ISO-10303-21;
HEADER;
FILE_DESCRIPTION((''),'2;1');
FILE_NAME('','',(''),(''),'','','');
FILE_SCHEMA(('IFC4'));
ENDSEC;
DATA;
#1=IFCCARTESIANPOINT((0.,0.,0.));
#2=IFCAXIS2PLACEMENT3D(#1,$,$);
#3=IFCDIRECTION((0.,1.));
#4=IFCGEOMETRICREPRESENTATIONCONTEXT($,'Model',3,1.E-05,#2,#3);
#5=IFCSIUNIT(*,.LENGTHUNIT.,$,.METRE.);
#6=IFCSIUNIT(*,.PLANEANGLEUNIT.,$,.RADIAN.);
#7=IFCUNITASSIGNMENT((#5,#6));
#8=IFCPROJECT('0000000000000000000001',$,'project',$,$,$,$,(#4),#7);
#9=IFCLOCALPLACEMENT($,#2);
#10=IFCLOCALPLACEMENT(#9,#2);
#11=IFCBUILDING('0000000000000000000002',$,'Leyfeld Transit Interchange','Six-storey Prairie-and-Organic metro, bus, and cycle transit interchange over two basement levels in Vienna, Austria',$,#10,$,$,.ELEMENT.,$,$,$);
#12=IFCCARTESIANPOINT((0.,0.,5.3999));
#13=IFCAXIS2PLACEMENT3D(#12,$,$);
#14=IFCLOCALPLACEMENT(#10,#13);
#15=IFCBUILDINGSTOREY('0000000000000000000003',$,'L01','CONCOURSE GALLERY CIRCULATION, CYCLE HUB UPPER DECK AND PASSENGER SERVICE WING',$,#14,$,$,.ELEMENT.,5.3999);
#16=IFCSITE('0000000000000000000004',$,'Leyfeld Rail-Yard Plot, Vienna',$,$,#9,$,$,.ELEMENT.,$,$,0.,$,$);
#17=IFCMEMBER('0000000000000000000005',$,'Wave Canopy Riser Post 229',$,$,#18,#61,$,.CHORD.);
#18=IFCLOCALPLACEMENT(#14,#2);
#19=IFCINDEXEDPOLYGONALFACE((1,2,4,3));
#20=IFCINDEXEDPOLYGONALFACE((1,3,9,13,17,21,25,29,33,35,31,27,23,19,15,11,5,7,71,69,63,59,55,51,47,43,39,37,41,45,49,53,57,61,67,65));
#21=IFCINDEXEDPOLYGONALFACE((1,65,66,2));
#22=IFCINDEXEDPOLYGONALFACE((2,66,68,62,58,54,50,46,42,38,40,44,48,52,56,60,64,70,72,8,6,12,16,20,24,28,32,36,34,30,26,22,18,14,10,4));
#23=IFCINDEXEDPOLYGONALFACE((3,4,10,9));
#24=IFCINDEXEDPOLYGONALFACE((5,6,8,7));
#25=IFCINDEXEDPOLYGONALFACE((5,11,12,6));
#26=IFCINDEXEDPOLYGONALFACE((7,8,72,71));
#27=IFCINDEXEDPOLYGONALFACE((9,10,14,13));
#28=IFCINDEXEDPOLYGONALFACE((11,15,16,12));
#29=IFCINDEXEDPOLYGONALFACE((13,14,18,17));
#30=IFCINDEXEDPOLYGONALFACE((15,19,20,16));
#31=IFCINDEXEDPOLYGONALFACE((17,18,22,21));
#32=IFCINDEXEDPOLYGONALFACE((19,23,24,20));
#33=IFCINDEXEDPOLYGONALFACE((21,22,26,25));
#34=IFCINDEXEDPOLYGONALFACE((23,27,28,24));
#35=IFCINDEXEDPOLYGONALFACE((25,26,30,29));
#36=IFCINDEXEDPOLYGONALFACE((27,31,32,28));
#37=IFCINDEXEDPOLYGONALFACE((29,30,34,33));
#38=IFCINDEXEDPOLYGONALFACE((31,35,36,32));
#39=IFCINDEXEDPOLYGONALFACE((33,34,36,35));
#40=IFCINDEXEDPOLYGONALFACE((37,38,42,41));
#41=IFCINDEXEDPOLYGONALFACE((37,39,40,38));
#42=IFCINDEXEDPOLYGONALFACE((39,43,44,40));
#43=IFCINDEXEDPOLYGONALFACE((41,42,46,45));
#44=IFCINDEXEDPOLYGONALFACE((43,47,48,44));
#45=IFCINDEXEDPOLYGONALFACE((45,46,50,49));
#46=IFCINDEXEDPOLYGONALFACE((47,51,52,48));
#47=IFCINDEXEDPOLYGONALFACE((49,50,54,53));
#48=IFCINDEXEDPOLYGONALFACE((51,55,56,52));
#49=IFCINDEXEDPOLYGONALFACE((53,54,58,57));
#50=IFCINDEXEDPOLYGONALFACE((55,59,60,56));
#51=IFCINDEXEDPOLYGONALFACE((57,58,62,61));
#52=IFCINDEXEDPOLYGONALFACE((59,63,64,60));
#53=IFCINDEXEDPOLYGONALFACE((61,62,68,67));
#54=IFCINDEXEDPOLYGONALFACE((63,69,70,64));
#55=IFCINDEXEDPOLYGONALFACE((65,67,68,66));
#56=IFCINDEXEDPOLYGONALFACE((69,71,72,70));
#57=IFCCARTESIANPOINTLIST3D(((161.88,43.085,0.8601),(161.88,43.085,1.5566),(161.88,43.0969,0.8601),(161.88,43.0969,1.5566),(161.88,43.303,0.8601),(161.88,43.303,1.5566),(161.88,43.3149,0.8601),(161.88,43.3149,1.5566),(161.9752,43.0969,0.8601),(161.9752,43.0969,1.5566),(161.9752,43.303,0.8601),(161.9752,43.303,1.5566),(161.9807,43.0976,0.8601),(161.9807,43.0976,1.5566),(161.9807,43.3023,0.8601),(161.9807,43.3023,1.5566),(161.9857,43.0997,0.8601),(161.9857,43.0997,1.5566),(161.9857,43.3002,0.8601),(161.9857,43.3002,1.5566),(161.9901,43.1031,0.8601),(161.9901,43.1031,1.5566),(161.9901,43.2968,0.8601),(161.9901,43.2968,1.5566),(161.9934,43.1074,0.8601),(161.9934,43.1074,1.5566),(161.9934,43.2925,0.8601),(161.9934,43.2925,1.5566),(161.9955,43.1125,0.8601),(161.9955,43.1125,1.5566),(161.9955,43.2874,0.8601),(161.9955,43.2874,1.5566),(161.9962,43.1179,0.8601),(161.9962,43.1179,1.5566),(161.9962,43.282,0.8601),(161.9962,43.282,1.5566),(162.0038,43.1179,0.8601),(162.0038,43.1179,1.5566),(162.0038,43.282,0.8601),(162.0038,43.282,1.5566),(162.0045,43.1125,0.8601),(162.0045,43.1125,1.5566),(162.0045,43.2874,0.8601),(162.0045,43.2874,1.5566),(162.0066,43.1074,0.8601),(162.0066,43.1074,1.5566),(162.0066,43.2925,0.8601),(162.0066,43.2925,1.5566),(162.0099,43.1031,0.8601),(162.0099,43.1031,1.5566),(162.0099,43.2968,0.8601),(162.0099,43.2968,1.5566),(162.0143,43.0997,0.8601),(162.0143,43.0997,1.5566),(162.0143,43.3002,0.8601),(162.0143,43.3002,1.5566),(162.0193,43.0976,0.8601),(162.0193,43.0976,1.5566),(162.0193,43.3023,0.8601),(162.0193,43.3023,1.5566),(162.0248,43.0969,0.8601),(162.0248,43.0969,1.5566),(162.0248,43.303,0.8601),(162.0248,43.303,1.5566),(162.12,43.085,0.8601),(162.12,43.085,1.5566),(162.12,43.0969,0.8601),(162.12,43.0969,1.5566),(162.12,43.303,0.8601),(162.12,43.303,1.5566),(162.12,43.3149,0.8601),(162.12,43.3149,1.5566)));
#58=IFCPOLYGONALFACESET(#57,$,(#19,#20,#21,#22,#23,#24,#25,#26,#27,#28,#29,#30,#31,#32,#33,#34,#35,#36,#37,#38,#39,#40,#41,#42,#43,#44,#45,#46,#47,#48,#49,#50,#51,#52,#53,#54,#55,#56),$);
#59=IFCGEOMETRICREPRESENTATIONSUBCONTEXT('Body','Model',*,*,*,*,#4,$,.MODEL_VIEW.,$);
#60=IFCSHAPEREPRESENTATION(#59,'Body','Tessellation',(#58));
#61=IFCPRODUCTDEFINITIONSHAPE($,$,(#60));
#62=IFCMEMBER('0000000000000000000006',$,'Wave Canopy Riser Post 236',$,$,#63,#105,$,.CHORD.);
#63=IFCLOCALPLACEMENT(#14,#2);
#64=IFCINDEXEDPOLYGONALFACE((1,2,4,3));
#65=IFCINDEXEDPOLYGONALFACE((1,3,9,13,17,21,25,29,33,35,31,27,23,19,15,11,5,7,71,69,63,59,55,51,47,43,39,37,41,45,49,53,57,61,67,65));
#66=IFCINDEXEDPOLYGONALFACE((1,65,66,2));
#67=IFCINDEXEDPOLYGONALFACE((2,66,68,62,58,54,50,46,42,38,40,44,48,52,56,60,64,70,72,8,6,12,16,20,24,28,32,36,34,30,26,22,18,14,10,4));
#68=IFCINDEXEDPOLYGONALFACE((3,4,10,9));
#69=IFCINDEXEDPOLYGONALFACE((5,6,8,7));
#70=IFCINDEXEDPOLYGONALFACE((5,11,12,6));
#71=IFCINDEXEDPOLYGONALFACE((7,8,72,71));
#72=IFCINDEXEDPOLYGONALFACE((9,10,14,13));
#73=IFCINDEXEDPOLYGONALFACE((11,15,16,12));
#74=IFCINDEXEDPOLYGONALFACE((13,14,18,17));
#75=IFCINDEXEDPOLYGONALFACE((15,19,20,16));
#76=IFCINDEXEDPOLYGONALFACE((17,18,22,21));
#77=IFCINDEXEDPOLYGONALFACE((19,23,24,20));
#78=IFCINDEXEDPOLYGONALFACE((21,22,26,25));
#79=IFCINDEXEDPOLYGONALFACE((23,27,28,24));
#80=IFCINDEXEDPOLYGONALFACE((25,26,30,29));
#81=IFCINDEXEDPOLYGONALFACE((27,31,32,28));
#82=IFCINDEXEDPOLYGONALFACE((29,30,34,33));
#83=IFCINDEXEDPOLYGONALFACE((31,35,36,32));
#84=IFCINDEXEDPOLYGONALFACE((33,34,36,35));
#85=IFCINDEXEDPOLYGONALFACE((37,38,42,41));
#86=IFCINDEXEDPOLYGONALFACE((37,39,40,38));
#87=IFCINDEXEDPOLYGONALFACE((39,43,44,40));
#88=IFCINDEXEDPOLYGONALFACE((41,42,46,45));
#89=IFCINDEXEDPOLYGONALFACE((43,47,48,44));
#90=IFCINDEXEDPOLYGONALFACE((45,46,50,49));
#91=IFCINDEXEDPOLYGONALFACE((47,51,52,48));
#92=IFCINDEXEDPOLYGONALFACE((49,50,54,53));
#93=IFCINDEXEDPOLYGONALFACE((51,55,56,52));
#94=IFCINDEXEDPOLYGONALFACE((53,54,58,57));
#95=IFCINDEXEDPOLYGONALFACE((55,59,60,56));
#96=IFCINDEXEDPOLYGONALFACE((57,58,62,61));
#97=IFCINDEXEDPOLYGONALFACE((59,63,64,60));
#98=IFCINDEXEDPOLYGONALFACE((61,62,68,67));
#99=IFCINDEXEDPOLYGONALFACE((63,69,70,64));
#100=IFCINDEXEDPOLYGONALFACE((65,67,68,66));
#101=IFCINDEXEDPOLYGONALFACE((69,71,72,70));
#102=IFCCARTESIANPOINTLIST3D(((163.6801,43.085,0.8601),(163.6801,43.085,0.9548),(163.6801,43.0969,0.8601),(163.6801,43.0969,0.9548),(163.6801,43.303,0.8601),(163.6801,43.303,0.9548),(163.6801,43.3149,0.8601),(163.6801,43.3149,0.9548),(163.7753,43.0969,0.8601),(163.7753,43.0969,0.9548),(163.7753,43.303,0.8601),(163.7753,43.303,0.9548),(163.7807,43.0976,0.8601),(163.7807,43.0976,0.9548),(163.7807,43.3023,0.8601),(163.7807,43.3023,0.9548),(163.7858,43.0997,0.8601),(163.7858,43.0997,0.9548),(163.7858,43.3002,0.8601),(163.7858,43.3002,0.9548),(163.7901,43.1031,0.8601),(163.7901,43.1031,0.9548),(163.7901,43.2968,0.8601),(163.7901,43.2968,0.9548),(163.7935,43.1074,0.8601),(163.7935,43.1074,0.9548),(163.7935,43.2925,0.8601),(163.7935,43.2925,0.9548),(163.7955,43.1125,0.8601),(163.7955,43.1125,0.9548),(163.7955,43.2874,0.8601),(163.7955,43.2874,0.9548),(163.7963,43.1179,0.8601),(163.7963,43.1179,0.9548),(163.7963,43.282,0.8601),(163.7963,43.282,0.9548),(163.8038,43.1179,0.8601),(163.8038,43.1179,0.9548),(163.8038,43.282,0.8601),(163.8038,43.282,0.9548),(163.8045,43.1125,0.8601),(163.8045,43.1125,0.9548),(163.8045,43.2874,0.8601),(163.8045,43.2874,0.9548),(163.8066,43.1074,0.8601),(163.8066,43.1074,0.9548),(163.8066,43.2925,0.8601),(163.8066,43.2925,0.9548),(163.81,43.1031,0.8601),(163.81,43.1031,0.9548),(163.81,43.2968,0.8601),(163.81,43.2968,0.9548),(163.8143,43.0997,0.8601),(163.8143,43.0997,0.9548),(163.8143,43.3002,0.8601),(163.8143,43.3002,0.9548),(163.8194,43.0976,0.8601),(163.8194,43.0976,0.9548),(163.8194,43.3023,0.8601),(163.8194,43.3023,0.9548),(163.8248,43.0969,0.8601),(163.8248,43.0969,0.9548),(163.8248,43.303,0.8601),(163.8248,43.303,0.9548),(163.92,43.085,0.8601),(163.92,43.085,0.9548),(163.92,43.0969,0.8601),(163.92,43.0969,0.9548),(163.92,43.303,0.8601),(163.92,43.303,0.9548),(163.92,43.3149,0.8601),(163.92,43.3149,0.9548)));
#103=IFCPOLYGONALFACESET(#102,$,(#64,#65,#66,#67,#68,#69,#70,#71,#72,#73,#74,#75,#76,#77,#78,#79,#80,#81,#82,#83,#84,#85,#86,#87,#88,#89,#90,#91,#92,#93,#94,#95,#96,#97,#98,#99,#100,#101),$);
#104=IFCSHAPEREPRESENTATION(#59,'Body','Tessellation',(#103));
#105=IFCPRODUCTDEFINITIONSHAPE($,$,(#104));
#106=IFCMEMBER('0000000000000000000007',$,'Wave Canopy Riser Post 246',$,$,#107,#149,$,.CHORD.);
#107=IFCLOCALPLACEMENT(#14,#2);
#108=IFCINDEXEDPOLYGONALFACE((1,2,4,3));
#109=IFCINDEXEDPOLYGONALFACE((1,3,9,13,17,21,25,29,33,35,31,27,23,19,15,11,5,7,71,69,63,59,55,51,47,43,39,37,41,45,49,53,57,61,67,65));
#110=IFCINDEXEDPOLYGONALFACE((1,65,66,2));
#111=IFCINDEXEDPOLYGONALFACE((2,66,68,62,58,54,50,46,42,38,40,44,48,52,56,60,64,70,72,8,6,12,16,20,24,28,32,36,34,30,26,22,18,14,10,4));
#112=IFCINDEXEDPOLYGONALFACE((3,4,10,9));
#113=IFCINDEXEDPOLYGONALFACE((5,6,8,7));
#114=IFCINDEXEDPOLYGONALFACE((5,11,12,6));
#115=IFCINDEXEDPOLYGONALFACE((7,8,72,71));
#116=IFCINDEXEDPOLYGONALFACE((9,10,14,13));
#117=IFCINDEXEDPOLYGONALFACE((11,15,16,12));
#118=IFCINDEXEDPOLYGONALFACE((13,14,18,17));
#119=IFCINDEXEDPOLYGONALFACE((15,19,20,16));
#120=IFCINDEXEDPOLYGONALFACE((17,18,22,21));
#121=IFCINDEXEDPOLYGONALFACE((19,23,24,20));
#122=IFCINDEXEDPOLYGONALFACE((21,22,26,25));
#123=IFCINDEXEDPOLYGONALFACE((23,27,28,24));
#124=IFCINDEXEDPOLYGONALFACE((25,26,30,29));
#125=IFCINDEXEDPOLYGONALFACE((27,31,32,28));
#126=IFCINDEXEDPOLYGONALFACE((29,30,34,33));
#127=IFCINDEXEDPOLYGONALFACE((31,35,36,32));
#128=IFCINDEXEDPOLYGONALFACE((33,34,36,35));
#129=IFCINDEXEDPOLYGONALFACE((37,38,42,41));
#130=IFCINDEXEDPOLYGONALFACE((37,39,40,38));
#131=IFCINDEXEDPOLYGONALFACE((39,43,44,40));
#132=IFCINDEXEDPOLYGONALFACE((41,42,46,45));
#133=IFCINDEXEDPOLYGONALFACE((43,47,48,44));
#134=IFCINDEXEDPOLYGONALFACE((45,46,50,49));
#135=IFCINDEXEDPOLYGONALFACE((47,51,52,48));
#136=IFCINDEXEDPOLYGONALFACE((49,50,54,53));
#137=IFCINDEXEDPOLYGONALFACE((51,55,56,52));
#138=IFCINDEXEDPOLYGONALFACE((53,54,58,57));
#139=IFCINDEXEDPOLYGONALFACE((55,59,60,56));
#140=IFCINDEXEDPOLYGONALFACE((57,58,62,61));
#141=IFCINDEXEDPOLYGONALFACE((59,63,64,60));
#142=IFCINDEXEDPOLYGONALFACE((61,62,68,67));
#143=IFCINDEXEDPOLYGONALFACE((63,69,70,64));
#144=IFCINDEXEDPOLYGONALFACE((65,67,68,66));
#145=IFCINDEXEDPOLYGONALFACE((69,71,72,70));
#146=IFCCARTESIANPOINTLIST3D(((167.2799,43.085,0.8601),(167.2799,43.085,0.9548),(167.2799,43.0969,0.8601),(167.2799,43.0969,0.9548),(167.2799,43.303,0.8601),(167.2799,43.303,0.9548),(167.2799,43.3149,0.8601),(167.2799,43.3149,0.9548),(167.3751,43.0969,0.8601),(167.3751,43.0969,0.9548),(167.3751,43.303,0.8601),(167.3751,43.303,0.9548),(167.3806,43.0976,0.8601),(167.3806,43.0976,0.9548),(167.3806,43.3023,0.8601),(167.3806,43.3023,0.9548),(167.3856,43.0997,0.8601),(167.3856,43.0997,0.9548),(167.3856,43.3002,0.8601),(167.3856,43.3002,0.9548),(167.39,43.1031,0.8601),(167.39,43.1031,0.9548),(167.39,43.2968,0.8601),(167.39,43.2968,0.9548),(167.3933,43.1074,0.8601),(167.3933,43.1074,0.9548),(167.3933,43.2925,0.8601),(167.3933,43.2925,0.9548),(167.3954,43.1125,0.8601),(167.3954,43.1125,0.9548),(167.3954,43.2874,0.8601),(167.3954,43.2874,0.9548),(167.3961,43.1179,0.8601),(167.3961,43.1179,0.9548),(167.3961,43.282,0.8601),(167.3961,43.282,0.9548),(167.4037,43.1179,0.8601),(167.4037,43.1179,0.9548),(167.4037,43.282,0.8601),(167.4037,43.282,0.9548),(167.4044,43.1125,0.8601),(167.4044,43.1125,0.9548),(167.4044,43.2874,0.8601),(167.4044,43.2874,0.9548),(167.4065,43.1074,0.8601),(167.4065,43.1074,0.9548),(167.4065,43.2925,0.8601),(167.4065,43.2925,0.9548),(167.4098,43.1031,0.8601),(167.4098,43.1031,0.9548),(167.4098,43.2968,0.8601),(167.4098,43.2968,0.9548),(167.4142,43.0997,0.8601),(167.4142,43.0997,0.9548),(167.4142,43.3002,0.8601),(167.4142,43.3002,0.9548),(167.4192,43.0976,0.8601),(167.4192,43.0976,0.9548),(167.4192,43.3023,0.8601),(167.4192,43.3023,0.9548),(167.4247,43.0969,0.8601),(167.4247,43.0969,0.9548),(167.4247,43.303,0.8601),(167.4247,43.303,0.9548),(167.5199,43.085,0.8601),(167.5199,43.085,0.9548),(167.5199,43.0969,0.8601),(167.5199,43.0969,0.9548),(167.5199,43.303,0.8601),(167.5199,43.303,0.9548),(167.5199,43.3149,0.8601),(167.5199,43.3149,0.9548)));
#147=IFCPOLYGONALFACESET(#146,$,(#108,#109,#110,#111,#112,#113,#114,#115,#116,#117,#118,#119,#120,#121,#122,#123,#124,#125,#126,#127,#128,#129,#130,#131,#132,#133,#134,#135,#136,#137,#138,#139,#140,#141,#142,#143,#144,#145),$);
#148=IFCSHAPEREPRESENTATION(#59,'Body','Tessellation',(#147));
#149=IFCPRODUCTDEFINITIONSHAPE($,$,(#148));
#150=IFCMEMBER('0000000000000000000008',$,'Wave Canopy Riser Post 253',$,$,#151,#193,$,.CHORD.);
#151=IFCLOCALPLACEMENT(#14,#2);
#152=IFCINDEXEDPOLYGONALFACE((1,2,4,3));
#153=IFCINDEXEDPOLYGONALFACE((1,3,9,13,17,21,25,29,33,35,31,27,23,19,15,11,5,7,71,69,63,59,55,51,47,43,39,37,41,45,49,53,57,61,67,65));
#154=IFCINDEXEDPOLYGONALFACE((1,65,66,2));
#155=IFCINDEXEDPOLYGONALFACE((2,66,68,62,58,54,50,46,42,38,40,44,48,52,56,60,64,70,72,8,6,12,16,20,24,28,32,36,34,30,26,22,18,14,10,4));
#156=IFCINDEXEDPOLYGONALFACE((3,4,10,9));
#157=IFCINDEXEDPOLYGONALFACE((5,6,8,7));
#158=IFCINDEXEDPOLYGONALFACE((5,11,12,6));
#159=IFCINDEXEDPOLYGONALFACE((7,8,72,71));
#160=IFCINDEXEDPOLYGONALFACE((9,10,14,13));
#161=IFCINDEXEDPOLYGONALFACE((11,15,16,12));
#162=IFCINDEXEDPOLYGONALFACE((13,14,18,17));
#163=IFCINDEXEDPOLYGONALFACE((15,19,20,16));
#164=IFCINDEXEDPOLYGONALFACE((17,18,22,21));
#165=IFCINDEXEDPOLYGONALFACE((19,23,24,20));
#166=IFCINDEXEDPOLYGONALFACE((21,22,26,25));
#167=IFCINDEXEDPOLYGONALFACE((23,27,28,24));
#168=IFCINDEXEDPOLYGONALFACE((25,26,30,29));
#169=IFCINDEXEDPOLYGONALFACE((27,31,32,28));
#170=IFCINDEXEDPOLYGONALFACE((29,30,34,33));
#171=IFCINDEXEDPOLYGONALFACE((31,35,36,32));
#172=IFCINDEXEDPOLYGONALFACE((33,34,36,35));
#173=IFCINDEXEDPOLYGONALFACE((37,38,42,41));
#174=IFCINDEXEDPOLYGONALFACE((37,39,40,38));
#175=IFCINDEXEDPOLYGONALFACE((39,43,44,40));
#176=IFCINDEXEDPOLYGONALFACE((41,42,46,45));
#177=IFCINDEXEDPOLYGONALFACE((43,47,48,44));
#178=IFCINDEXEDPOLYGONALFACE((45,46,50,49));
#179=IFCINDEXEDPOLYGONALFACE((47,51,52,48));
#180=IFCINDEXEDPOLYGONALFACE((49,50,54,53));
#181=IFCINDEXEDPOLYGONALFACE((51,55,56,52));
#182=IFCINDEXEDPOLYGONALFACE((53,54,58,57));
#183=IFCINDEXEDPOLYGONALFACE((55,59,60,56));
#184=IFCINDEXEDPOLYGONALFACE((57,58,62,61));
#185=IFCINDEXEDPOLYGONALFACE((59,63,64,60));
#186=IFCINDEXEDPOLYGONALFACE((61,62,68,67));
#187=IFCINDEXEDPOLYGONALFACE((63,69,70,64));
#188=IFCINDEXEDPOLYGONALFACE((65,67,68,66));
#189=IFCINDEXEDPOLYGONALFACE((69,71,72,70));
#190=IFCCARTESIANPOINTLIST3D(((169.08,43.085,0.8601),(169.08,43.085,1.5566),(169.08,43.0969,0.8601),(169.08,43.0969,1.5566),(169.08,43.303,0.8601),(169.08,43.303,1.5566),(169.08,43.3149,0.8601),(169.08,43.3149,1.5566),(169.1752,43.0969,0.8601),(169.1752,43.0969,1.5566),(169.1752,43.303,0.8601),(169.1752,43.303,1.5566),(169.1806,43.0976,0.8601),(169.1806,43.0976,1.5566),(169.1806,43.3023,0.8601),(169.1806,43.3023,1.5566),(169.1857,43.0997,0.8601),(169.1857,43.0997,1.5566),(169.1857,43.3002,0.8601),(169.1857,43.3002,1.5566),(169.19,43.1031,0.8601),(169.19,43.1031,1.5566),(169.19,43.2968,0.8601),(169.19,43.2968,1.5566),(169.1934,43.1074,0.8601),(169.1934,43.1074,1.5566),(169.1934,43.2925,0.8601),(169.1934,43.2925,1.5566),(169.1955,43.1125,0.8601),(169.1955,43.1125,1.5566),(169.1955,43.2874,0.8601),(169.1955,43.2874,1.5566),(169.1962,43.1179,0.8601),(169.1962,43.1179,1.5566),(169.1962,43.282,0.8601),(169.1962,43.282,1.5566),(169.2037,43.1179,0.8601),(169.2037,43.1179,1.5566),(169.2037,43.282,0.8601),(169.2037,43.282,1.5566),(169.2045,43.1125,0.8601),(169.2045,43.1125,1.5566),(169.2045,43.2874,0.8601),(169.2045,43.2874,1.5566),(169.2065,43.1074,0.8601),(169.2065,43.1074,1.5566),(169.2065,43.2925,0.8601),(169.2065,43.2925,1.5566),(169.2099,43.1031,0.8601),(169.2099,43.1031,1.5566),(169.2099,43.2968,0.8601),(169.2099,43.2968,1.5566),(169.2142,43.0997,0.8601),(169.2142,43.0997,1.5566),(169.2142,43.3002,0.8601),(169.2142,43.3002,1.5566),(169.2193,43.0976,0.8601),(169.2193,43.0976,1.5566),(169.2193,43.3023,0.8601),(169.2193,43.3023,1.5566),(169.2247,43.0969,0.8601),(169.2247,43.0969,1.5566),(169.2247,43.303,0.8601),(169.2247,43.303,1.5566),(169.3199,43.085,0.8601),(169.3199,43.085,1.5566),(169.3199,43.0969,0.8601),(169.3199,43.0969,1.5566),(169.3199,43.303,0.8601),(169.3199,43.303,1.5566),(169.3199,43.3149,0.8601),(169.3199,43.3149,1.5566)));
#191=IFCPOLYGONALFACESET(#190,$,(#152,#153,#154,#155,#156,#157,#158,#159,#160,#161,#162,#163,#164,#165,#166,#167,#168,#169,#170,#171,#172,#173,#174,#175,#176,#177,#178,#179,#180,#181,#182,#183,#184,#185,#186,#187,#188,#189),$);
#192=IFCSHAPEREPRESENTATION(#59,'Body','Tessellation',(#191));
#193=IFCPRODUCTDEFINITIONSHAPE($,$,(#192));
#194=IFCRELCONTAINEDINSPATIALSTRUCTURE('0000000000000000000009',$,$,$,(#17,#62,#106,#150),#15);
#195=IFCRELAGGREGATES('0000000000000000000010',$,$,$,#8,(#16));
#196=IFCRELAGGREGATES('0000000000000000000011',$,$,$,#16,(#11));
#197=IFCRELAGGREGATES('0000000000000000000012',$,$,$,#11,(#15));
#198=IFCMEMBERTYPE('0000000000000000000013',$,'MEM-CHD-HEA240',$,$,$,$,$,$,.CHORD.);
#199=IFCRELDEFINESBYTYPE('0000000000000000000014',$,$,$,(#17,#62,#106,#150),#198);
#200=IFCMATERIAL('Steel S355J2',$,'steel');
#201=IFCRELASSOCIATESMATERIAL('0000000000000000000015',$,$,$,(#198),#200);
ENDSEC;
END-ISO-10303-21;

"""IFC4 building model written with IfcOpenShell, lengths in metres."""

from ifc_helpers import new_model, si_unit, direction, frame, origin, origin_2d, place, context, subcontext, project, spatial, i_section, extrude, material, material_profile, profile_set, type_object, element, save


model = new_model("IFC4")

# Units and contexts
model_context = context("Model", 3, precision=1e-05, world=origin(), true_north=direction((0.0, 1.0)))
body_context = subcontext(model_context, "Body", "Model", "MODEL_VIEW")
ifc_project = project(units=[si_unit("LENGTHUNIT", "METRE"), si_unit("PLANEANGLEUNIT", "RADIAN")], contexts=[model_context])

# Site, building, storey
site_placement = place(None, origin())
site = spatial("IfcSite", under=ifc_project, at=site_placement, Name="Leyfeld Rail-Yard Plot, Vienna", CompositionType="ELEMENT", RefElevation=0.0)
building_placement = place(site_placement, origin())
building = spatial("IfcBuilding", under=site, at=building_placement, Name="Leyfeld Transit Interchange", Description="Six-storey Prairie-and-Organic metro, bus, and cycle transit interchange over two basement levels in Vienna, Austria", CompositionType="ELEMENT")
storey_placement = place(building_placement, frame((0.0, 0.0, 5.3999)))
storey = spatial("IfcBuildingStorey", under=building, at=storey_placement, Name="L01", Description="CONCOURSE GALLERY CIRCULATION, CYCLE HUB UPPER DECK AND PASSENGER SERVICE WING", CompositionType="ELEMENT", Elevation=5.3999)

# Shared definitions
ifc_material_1 = material(Name="Steel S355J2", Category="steel")

# Members
ifc_material_profile_1 = material_profile(ifc_material_1, i_section(OverallWidth=0.24, OverallDepth=0.23, WebThickness=0.0076, FlangeThickness=0.012, FilletRadius=0.021, at=origin_2d()), Name="HEA 240")
ifc_profile_set_1 = profile_set([ifc_material_profile_1], Name="Steel S355J2")
member_type_1 = type_object("IfcMemberType", Name="MEM-CHD-HEA240", PredefinedType="CHORD", material=ifc_profile_set_1)
member_1_placement = place(storey_placement, frame((162.0, 43.2, 0.8601), z_axis=(0.0, 0.0, 1.0), x_axis=(1.0, 0.0, 0.0)))
element("IfcMember", 1, at=member_1_placement, inside=storey, type_object=member_type_1, Name="Wave Canopy Riser Post 229", PredefinedType="CHORD", context=body_context, shape_type="SweptSolid", body=[
    extrude(i_section(OverallWidth=0.24, OverallDepth=0.23, WebThickness=0.0076, FlangeThickness=0.012, FilletRadius=0.021, at=origin_2d()), origin(), (0.0, 0.0, 1.0), 0.6965),
])
for number, where, z_axis, x_axis, name in (
    (2, (163.8, 43.2, 0.8601), (0.0, 0.0, 1.0), (1.0, 0.0, 0.0), "Wave Canopy Riser Post 236"),
    (3, (167.3999, 43.2, 0.8601), (0.0, 0.0, 1.0), (1.0, 0.0, 0.0), "Wave Canopy Riser Post 246"),
):
    element("IfcMember", number, at=place(storey_placement, frame(where, z_axis=z_axis, x_axis=x_axis)), inside=storey, type_object=member_type_1, Name=name, PredefinedType="CHORD", context=body_context, shape_type="SweptSolid", body=[
        extrude(i_section(OverallWidth=0.24, OverallDepth=0.23, WebThickness=0.0076, FlangeThickness=0.012, FilletRadius=0.021, at=origin_2d()), origin(), (0.0, 0.0, 1.0), 0.0947),
    ])
member_2_placement = place(storey_placement, frame((169.2, 43.2, 0.8601), z_axis=(0.0, 0.0, 1.0), x_axis=(1.0, 0.0, 0.0)))
element("IfcMember", 4, at=member_2_placement, inside=storey, type_object=member_type_1, Name="Wave Canopy Riser Post 253", PredefinedType="CHORD", context=body_context, shape_type="SweptSolid", body=[
    extrude(i_section(OverallWidth=0.24, OverallDepth=0.23, WebThickness=0.0076, FlangeThickness=0.012, FilletRadius=0.021, at=origin_2d()), origin(), (0.0, 0.0, 1.0), 0.6965),
])

save(model, "model.ifc")
